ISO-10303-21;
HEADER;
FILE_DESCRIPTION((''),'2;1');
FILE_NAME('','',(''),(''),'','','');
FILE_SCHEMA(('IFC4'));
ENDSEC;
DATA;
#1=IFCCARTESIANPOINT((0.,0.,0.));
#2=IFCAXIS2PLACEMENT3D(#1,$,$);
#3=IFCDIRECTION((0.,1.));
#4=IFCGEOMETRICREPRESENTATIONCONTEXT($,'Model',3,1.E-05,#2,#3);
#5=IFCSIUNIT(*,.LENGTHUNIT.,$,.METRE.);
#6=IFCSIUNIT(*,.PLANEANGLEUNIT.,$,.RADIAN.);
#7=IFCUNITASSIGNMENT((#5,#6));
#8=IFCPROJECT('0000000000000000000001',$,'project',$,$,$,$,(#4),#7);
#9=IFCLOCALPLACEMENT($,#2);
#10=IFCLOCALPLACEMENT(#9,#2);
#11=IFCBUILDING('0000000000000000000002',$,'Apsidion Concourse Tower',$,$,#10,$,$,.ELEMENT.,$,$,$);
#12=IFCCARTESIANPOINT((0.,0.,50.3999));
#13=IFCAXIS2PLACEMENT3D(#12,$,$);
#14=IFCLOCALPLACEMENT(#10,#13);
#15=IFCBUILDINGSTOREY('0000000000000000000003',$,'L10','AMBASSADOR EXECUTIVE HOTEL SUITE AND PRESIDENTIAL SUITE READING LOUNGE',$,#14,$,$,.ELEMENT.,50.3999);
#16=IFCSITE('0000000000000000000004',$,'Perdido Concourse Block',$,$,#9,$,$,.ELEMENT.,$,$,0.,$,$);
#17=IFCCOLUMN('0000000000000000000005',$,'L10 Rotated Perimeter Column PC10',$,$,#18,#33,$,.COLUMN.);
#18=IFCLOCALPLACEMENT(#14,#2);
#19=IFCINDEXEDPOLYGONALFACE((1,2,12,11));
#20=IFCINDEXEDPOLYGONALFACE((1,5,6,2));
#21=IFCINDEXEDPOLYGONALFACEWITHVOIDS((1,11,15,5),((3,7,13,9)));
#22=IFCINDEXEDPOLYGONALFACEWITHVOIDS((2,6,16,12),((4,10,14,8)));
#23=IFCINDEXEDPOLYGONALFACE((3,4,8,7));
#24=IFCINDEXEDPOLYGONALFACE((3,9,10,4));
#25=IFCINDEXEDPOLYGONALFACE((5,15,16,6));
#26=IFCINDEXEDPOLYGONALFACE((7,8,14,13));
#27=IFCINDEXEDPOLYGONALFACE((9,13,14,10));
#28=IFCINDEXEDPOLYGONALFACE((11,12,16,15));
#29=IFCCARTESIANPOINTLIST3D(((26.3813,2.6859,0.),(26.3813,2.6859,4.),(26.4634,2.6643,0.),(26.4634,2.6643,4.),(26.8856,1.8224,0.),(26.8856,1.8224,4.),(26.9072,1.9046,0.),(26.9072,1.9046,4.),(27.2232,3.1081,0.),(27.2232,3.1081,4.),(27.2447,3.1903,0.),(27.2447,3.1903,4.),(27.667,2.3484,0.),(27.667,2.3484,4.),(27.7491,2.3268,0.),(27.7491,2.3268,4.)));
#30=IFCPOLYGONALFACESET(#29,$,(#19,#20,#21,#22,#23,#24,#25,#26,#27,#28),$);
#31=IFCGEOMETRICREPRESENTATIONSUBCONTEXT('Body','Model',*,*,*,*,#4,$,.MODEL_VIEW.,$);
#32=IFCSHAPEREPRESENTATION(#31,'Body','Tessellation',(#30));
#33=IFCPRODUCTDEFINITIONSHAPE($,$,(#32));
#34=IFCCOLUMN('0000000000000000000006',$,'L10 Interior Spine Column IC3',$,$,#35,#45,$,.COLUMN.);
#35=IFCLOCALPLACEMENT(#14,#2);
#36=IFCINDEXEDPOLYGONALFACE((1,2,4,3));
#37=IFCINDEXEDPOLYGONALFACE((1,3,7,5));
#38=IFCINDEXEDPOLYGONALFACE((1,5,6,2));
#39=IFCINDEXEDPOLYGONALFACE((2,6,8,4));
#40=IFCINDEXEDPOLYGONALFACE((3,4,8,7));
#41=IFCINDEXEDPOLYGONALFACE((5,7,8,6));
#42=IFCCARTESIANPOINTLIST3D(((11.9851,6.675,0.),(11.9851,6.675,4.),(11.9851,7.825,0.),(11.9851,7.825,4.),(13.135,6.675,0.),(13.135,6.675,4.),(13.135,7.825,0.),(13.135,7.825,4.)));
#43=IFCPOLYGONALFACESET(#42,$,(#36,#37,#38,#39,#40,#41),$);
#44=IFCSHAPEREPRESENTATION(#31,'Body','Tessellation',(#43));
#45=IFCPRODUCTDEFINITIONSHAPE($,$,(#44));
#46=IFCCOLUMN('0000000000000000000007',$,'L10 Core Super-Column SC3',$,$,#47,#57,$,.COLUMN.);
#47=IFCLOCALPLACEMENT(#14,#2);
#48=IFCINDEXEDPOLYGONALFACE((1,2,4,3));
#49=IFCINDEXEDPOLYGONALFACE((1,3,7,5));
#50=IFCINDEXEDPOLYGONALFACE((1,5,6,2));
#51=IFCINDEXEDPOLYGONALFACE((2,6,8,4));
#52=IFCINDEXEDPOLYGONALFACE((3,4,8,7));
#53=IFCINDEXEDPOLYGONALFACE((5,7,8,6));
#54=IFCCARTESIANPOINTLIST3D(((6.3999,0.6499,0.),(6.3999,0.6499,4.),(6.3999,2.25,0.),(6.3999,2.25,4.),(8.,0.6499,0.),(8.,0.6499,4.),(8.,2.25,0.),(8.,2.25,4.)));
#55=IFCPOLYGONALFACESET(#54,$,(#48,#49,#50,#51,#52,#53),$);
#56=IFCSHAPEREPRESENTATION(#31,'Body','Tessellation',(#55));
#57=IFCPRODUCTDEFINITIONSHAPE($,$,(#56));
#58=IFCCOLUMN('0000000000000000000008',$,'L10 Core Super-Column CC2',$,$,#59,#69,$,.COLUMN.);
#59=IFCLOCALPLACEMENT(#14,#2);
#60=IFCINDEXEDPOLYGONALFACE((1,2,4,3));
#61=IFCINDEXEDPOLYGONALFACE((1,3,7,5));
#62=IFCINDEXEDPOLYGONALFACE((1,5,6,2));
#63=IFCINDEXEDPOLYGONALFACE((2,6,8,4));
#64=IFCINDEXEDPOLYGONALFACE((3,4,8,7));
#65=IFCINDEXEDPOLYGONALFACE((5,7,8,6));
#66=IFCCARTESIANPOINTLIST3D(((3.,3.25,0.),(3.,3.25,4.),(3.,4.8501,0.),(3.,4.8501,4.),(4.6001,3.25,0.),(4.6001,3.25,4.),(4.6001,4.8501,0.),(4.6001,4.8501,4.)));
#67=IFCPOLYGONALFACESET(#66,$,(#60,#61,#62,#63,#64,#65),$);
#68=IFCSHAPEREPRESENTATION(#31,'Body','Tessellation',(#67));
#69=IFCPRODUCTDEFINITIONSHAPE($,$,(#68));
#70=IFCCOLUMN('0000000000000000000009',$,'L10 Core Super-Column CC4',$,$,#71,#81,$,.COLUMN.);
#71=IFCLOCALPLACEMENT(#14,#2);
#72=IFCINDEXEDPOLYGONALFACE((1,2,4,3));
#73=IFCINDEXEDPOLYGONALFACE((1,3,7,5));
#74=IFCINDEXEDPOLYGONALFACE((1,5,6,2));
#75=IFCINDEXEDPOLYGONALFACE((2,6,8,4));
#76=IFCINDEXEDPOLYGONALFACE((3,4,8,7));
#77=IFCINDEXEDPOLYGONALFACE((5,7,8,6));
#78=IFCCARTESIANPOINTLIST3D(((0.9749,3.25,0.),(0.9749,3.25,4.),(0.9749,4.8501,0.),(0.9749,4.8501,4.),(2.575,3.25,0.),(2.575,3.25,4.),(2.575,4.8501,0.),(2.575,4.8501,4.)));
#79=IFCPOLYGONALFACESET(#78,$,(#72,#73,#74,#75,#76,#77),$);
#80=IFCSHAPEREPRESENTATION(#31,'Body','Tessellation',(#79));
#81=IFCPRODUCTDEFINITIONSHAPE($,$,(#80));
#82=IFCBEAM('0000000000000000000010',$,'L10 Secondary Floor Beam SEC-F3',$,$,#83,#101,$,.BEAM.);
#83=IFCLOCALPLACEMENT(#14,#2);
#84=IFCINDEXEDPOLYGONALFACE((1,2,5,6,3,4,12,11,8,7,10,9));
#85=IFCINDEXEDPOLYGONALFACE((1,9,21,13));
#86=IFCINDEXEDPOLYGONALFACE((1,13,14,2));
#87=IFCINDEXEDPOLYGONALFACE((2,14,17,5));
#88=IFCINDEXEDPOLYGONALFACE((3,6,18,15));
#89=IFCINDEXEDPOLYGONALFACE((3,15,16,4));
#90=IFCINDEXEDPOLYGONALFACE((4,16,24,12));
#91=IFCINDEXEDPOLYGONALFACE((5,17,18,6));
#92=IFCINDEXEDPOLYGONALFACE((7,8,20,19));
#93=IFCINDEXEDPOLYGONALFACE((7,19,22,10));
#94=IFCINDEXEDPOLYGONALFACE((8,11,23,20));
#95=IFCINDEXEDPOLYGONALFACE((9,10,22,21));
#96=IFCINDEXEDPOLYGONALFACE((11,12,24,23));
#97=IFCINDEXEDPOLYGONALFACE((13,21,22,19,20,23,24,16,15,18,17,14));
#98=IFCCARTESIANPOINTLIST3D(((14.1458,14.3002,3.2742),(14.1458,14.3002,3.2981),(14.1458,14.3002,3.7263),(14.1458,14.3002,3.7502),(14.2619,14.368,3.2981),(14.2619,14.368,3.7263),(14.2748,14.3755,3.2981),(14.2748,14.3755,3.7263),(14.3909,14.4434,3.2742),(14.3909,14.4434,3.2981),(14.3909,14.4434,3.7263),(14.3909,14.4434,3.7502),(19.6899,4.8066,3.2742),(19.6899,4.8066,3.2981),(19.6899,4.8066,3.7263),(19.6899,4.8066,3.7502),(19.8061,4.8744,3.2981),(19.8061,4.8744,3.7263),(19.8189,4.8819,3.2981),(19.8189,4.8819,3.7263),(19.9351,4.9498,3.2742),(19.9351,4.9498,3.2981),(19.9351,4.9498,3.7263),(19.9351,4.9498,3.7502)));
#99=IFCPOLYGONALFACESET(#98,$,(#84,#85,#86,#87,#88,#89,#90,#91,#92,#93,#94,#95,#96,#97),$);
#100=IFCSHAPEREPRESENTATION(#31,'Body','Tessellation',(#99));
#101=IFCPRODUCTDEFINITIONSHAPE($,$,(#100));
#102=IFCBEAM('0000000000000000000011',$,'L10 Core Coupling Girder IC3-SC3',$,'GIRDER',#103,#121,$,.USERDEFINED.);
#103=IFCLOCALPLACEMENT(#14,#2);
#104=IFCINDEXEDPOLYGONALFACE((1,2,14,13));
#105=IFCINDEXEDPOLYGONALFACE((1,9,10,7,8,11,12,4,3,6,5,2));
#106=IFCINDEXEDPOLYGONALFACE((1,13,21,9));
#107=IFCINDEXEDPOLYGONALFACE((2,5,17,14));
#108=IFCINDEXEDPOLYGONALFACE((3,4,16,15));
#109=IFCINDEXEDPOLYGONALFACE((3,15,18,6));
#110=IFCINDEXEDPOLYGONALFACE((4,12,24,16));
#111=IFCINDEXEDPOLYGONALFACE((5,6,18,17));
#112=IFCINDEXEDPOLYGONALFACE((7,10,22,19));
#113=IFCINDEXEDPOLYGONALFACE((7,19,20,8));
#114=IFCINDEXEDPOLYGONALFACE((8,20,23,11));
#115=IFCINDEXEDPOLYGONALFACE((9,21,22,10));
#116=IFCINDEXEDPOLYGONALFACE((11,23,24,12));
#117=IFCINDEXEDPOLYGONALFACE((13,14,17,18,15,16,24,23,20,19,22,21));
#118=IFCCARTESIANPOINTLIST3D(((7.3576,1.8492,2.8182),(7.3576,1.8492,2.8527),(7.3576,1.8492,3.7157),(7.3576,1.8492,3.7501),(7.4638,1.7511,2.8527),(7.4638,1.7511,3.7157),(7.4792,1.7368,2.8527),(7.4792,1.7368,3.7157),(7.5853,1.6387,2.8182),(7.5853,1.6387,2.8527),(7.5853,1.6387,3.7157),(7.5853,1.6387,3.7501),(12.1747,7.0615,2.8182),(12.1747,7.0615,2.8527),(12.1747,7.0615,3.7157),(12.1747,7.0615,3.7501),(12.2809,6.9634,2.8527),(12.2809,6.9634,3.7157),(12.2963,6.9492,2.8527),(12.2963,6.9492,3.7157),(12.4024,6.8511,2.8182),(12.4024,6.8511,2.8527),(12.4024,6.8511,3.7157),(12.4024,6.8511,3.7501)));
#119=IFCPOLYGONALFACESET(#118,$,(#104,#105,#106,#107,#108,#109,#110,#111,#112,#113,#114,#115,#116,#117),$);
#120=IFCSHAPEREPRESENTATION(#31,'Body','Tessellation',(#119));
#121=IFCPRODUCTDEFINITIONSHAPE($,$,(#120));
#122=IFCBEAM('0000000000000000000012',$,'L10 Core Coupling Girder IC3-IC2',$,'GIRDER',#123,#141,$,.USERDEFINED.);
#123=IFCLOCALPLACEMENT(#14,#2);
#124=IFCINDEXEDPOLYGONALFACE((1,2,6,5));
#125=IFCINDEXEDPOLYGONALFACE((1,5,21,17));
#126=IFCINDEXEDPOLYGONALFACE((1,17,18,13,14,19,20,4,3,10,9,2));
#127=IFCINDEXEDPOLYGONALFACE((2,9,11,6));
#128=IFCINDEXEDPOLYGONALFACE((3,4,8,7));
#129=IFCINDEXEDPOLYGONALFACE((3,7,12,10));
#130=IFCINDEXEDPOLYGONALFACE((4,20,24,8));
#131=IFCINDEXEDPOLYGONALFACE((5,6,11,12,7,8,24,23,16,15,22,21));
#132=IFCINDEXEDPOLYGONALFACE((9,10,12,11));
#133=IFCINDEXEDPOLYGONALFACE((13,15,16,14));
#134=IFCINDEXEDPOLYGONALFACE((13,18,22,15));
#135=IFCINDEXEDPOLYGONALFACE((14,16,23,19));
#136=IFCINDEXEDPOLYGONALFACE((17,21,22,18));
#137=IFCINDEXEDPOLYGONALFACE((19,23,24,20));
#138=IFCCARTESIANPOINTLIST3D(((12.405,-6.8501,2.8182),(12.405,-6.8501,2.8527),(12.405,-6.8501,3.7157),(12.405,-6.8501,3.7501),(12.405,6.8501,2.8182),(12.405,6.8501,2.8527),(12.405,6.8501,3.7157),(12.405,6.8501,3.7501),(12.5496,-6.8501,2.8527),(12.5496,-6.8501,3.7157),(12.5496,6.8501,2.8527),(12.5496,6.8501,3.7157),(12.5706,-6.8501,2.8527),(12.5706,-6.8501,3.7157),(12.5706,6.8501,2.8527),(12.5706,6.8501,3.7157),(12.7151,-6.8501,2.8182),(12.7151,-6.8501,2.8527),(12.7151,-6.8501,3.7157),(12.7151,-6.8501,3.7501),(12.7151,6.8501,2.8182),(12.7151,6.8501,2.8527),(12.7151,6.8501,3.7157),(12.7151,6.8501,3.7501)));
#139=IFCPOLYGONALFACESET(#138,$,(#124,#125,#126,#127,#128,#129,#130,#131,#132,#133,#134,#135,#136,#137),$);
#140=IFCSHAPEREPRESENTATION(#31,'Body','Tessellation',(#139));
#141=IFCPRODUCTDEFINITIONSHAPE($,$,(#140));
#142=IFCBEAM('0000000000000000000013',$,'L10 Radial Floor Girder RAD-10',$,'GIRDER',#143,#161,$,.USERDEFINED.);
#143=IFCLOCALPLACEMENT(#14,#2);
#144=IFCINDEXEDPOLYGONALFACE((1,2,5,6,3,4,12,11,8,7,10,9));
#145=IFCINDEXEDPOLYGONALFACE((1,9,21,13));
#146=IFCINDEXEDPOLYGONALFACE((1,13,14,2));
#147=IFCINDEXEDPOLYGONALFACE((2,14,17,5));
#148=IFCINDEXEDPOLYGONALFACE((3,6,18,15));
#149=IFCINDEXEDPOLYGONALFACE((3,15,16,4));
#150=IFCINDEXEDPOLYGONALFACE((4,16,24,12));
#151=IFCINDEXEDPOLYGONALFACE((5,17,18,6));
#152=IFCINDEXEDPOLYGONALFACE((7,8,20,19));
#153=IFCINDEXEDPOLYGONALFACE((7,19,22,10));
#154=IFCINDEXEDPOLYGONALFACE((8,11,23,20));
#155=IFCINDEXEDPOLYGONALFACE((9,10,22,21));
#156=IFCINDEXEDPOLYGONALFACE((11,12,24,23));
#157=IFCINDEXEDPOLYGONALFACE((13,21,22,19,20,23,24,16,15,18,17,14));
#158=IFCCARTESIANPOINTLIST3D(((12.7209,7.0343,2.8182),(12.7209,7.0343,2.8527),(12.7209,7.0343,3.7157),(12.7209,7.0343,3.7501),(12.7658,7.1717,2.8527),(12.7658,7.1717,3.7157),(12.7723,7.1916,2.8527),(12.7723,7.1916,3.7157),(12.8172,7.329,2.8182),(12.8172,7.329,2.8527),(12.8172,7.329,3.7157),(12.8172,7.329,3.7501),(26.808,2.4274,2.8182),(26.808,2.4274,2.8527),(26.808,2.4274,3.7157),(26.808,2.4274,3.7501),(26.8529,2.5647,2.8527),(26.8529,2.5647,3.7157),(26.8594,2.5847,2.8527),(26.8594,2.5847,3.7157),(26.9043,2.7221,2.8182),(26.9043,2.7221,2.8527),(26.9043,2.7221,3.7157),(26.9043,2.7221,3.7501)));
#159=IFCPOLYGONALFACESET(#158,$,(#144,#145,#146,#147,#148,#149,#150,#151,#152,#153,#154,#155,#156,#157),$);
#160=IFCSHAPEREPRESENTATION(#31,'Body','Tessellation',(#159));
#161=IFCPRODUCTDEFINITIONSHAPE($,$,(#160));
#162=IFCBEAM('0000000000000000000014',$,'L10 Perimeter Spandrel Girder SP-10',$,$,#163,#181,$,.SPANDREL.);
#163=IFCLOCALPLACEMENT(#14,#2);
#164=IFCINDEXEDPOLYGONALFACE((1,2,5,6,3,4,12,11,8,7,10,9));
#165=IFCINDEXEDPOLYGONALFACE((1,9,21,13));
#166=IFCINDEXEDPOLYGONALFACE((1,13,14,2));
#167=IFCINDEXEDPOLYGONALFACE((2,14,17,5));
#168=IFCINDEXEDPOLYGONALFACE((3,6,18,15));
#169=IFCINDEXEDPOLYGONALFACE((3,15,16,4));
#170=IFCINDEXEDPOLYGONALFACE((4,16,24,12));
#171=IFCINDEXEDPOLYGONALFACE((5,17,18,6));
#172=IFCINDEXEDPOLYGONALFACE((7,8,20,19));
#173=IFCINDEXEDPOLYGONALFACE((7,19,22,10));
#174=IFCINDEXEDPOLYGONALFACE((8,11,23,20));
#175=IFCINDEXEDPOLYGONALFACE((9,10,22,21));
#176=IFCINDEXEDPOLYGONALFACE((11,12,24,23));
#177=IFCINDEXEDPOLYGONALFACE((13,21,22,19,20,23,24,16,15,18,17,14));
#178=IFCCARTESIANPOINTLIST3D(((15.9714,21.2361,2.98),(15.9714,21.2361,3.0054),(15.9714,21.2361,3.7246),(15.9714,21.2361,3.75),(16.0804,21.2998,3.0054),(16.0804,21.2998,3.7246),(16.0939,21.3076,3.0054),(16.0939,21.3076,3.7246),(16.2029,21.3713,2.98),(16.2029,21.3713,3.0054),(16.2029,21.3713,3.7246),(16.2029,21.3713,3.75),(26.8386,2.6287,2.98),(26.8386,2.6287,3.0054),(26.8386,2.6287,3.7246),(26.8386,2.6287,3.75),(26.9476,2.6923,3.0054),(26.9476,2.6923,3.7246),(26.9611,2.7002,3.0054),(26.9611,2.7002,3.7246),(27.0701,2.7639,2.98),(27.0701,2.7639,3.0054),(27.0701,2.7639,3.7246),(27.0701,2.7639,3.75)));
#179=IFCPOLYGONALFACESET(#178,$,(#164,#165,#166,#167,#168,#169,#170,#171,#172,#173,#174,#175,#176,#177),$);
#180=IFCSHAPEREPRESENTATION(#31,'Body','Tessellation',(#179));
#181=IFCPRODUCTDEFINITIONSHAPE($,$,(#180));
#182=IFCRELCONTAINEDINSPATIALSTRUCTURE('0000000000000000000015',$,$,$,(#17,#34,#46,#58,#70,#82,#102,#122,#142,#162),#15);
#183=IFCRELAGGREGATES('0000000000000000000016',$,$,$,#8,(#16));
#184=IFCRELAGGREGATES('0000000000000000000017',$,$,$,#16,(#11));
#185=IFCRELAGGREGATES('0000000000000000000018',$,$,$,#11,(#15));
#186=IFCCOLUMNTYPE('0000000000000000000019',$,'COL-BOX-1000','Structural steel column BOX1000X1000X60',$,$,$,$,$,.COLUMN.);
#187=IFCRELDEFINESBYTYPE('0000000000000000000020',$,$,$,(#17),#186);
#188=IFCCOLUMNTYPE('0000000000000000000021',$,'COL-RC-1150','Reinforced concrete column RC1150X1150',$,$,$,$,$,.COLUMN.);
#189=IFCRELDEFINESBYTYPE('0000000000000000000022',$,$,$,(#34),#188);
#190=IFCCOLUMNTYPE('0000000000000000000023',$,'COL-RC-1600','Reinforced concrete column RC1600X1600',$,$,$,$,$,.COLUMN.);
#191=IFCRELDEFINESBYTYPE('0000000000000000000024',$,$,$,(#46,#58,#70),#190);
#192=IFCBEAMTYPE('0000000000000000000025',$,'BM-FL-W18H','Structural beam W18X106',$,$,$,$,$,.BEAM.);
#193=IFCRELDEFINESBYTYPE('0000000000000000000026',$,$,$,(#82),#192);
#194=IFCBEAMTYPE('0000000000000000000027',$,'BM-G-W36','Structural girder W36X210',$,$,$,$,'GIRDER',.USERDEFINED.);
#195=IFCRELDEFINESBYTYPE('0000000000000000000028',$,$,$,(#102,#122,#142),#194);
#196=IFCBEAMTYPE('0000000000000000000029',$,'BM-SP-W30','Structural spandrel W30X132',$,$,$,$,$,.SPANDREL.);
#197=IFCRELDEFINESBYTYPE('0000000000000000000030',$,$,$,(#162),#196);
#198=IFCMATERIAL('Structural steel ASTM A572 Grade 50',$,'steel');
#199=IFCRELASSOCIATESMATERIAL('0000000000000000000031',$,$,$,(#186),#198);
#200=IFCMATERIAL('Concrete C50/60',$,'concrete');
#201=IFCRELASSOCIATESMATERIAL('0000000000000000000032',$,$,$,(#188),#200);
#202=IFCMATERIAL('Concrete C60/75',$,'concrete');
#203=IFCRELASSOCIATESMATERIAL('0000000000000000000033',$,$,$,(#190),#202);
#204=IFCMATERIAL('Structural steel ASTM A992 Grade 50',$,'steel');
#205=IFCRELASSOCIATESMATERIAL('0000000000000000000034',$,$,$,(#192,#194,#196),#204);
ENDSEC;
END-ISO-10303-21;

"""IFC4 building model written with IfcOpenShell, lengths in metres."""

from ifc_helpers import new_model, si_unit, direction, frame, origin, origin_2d, place, context, subcontext, project, spatial, rectangle, hollow_rectangle, i_section, extrude, material, material_profile, profile_set, type_object, element, save


model = new_model("IFC4")

# Units and contexts
model_context = context("Model", 3, precision=1e-05, world=origin(), true_north=direction((0.0, 1.0)))
body_context = subcontext(model_context, "Body", "Model", "MODEL_VIEW")
ifc_project = project(units=[si_unit("LENGTHUNIT", "METRE"), si_unit("PLANEANGLEUNIT", "RADIAN")], contexts=[model_context])

# Site, building, storey
site_placement = place(None, origin())
site = spatial("IfcSite", under=ifc_project, at=site_placement, Name="Perdido Concourse Block", CompositionType="ELEMENT", RefElevation=0.0)
building_placement = place(site_placement, origin())
building = spatial("IfcBuilding", under=site, at=building_placement, Name="Apsidion Concourse Tower", CompositionType="ELEMENT")
storey_placement = place(building_placement, frame((0.0, 0.0, 50.3999)))
storey = spatial("IfcBuildingStorey", under=building, at=storey_placement, Name="L10", Description="AMBASSADOR EXECUTIVE HOTEL SUITE AND PRESIDENTIAL SUITE READING LOUNGE", CompositionType="ELEMENT", Elevation=50.3999)

# Columns
ifc_material_1 = material(Name="Structural steel ASTM A572 Grade 50", Category="steel")
ifc_material_profile_1 = material_profile(ifc_material_1, hollow_rectangle(XDim=1.0, YDim=1.0, WallThickness=0.0601, at=origin_2d()), Name="BOX1000X1000X60")
ifc_profile_set_1 = profile_set([ifc_material_profile_1], Name="Structural steel ASTM A572 Grade 50")
column_type_1 = type_object("IfcColumnType", Name="COL-BOX-1000", Description="Structural steel column BOX1000X1000X60", PredefinedType="COLUMN", material=ifc_profile_set_1)
column_1_placement = place(storey_placement, frame((27.0652, 2.5063, 0.0), z_axis=(0.0, 0.0, 1.0), x_axis=(-0.504377, 0.863484, 0.0)))
element("IfcColumn", 1, at=column_1_placement, inside=storey, type_object=column_type_1, Name="L10 Rotated Perimeter Column PC10", PredefinedType="COLUMN", context=body_context, shape_type="SweptSolid", body=[
    extrude(hollow_rectangle(XDim=1.0, YDim=1.0, WallThickness=0.0601, at=origin_2d()), origin(), (0.0, 0.0, 1.0), 4.0),
])
ifc_material_2 = material(Name="Concrete C50/60", Category="concrete")
ifc_material_profile_2 = material_profile(ifc_material_2, rectangle(XDim=1.1499, YDim=1.1499, at=origin_2d()), Name="RC 1150x1150")
ifc_profile_set_2 = profile_set([ifc_material_profile_2], Name="Concrete C50/60")
column_type_2 = type_object("IfcColumnType", Name="COL-RC-1150", Description="Reinforced concrete column RC1150X1150", PredefinedType="COLUMN", material=ifc_profile_set_2)
column_2_placement = place(storey_placement, frame((12.5601, 7.25, 0.0), z_axis=(0.0, 0.0, 1.0), x_axis=(1.0, 0.0, 0.0)))
element("IfcColumn", 2, at=column_2_placement, inside=storey, type_object=column_type_2, Name="L10 Interior Spine Column IC3", PredefinedType="COLUMN", context=body_context, shape_type="SweptSolid", body=[
    extrude(rectangle(XDim=1.1499, YDim=1.1499, at=origin_2d()), origin(), (0.0, 0.0, 1.0), 4.0),
])
ifc_material_3 = material(Name="Concrete C60/75", Category="concrete")
ifc_material_profile_3 = material_profile(ifc_material_3, rectangle(XDim=1.6001, YDim=1.6001, at=origin_2d()), Name="RC 1600x1600")
ifc_profile_set_3 = profile_set([ifc_material_profile_3], Name="Concrete C60/75")
column_type_3 = type_object("IfcColumnType", Name="COL-RC-1600", Description="Reinforced concrete column RC1600X1600", PredefinedType="COLUMN", material=ifc_profile_set_3)
for number, where, z_axis, x_axis, name in (
    (3, (7.2, 1.45, 0.0), (0.0, 0.0, 1.0), (1.0, 0.0, 0.0), "L10 Core Super-Column SC3"),
    (4, (3.8, 4.05, 0.0), (0.0, 0.0, 1.0), (1.0, 0.0, 0.0), "L10 Core Super-Column CC2"),
    (5, (1.7749, 4.05, 0.0), (0.0, 0.0, 1.0), (1.0, 0.0, 0.0), "L10 Core Super-Column CC4"),
):
    element("IfcColumn", number, at=place(storey_placement, frame(where, z_axis=z_axis, x_axis=x_axis)), inside=storey, type_object=column_type_3, Name=name, PredefinedType="COLUMN", context=body_context, shape_type="SweptSolid", body=[
        extrude(rectangle(XDim=1.6001, YDim=1.6001, at=origin_2d()), origin(), (0.0, 0.0, 1.0), 4.0),
    ])

# Beams
ifc_material_4 = material(Name="Structural steel ASTM A992 Grade 50", Category="steel")
ifc_material_profile_4 = material_profile(ifc_material_4, i_section(OverallWidth=0.2839, OverallDepth=0.4761, WebThickness=0.0149, FlangeThickness=0.0239, at=origin_2d()), Name="W18X106")
ifc_profile_set_4 = profile_set([ifc_material_profile_4], Name="Structural steel ASTM A992 Grade 50")
beam_type_1 = type_object("IfcBeamType", Name="BM-FL-W18H", Description="Structural beam W18X106", PredefinedType="BEAM", material=ifc_profile_set_4)
beam_1_placement = place(storey_placement, frame((19.8125, 4.8782, 3.5122), z_axis=(-0.504293, 0.863532, 0.0), x_axis=(-0.863532, -0.504293, 0.0)))
element("IfcBeam", 6, at=beam_1_placement, inside=storey, type_object=beam_type_1, Name="L10 Secondary Floor Beam SEC-F3", PredefinedType="BEAM", context=body_context, shape_type="SweptSolid", body=[
    extrude(i_section(OverallWidth=0.2839, OverallDepth=0.4761, WebThickness=0.0149, FlangeThickness=0.0239, at=origin_2d()), origin(), (0.0, 0.0, 1.0), 10.9939),
])
ifc_material_profile_5 = material_profile(ifc_material_4, i_section(OverallWidth=0.3101, OverallDepth=0.9319, WebThickness=0.021, FlangeThickness=0.0344, at=origin_2d()), Name="W36X210")
ifc_profile_set_5 = profile_set([ifc_material_profile_5], Name="Structural steel ASTM A992 Grade 50")
beam_type_2 = type_object("IfcBeamType", Name="BM-G-W36", Description="Structural girder W36X210", ElementType="GIRDER", PredefinedType="USERDEFINED", material=ifc_profile_set_5)
beam_2_placement = place(storey_placement, frame((12.2886, 6.9563, 3.2842), z_axis=(-0.678713, -0.734404, 0.0), x_axis=(0.734404, -0.678713, 0.0)))
element("IfcBeam", 7, at=beam_2_placement, inside=storey, type_object=beam_type_2, Name="L10 Core Coupling Girder IC3-SC3", ObjectType="GIRDER", PredefinedType="USERDEFINED", context=body_context, shape_type="SweptSolid", body=[
    extrude(i_section(OverallWidth=0.3101, OverallDepth=0.9319, WebThickness=0.021, FlangeThickness=0.0344, at=origin_2d()), origin(), (0.0, 0.0, 1.0), 7.0974),
])
beam_3_placement = place(storey_placement, frame((12.5601, 6.8501, 3.2842), z_axis=(0.0, -1.0, 0.0), x_axis=(1.0, 0.0, 0.0)))
element("IfcBeam", 8, at=beam_3_placement, inside=storey, type_object=beam_type_2, Name="L10 Core Coupling Girder IC3-IC2", ObjectType="GIRDER", PredefinedType="USERDEFINED", context=body_context, shape_type="SweptSolid", body=[
    extrude(i_section(OverallWidth=0.3101, OverallDepth=0.9319, WebThickness=0.021, FlangeThickness=0.0344, at=origin_2d()), origin(), (0.0, 0.0, 1.0), 13.7002),
])
beam_4_placement = place(storey_placement, frame((12.769, 7.1816, 3.2842), z_axis=(0.950465, -0.310831, 0.0), x_axis=(0.310831, 0.950465, 0.0)))
element("IfcBeam", 9, at=beam_4_placement, inside=storey, type_object=beam_type_2, Name="L10 Radial Floor Girder RAD-10", ObjectType="GIRDER", PredefinedType="USERDEFINED", context=body_context, shape_type="SweptSolid", body=[
    extrude(i_section(OverallWidth=0.3101, OverallDepth=0.9319, WebThickness=0.021, FlangeThickness=0.0344, at=origin_2d()), origin(), (0.0, 0.0, 1.0), 14.8213),
])
ifc_material_profile_6 = material_profile(ifc_material_4, i_section(OverallWidth=0.2681, OverallDepth=0.77, WebThickness=0.0156, FlangeThickness=0.0254, at=origin_2d()), Name="W30X132")
ifc_profile_set_6 = profile_set([ifc_material_profile_6], Name="Structural steel ASTM A992 Grade 50")
beam_type_3 = type_object("IfcBeamType", Name="BM-SP-W30", Description="Structural spandrel W30X132", PredefinedType="SPANDREL", material=ifc_profile_set_6)
beam_5_placement = place(storey_placement, frame((26.9543, 2.6963, 3.365), z_axis=(-0.504316, 0.863519, 0.0), x_axis=(-0.863519, -0.504316, 0.0)))
element("IfcBeam", 10, at=beam_5_placement, inside=storey, type_object=beam_type_3, Name="L10 Perimeter Spandrel Girder SP-10", PredefinedType="SPANDREL", context=body_context, shape_type="SweptSolid", body=[
    extrude(i_section(OverallWidth=0.2681, OverallDepth=0.77, WebThickness=0.0156, FlangeThickness=0.0254, at=origin_2d()), origin(), (0.0, 0.0, 1.0), 21.5483),
])

save(model, "model.ifc")
